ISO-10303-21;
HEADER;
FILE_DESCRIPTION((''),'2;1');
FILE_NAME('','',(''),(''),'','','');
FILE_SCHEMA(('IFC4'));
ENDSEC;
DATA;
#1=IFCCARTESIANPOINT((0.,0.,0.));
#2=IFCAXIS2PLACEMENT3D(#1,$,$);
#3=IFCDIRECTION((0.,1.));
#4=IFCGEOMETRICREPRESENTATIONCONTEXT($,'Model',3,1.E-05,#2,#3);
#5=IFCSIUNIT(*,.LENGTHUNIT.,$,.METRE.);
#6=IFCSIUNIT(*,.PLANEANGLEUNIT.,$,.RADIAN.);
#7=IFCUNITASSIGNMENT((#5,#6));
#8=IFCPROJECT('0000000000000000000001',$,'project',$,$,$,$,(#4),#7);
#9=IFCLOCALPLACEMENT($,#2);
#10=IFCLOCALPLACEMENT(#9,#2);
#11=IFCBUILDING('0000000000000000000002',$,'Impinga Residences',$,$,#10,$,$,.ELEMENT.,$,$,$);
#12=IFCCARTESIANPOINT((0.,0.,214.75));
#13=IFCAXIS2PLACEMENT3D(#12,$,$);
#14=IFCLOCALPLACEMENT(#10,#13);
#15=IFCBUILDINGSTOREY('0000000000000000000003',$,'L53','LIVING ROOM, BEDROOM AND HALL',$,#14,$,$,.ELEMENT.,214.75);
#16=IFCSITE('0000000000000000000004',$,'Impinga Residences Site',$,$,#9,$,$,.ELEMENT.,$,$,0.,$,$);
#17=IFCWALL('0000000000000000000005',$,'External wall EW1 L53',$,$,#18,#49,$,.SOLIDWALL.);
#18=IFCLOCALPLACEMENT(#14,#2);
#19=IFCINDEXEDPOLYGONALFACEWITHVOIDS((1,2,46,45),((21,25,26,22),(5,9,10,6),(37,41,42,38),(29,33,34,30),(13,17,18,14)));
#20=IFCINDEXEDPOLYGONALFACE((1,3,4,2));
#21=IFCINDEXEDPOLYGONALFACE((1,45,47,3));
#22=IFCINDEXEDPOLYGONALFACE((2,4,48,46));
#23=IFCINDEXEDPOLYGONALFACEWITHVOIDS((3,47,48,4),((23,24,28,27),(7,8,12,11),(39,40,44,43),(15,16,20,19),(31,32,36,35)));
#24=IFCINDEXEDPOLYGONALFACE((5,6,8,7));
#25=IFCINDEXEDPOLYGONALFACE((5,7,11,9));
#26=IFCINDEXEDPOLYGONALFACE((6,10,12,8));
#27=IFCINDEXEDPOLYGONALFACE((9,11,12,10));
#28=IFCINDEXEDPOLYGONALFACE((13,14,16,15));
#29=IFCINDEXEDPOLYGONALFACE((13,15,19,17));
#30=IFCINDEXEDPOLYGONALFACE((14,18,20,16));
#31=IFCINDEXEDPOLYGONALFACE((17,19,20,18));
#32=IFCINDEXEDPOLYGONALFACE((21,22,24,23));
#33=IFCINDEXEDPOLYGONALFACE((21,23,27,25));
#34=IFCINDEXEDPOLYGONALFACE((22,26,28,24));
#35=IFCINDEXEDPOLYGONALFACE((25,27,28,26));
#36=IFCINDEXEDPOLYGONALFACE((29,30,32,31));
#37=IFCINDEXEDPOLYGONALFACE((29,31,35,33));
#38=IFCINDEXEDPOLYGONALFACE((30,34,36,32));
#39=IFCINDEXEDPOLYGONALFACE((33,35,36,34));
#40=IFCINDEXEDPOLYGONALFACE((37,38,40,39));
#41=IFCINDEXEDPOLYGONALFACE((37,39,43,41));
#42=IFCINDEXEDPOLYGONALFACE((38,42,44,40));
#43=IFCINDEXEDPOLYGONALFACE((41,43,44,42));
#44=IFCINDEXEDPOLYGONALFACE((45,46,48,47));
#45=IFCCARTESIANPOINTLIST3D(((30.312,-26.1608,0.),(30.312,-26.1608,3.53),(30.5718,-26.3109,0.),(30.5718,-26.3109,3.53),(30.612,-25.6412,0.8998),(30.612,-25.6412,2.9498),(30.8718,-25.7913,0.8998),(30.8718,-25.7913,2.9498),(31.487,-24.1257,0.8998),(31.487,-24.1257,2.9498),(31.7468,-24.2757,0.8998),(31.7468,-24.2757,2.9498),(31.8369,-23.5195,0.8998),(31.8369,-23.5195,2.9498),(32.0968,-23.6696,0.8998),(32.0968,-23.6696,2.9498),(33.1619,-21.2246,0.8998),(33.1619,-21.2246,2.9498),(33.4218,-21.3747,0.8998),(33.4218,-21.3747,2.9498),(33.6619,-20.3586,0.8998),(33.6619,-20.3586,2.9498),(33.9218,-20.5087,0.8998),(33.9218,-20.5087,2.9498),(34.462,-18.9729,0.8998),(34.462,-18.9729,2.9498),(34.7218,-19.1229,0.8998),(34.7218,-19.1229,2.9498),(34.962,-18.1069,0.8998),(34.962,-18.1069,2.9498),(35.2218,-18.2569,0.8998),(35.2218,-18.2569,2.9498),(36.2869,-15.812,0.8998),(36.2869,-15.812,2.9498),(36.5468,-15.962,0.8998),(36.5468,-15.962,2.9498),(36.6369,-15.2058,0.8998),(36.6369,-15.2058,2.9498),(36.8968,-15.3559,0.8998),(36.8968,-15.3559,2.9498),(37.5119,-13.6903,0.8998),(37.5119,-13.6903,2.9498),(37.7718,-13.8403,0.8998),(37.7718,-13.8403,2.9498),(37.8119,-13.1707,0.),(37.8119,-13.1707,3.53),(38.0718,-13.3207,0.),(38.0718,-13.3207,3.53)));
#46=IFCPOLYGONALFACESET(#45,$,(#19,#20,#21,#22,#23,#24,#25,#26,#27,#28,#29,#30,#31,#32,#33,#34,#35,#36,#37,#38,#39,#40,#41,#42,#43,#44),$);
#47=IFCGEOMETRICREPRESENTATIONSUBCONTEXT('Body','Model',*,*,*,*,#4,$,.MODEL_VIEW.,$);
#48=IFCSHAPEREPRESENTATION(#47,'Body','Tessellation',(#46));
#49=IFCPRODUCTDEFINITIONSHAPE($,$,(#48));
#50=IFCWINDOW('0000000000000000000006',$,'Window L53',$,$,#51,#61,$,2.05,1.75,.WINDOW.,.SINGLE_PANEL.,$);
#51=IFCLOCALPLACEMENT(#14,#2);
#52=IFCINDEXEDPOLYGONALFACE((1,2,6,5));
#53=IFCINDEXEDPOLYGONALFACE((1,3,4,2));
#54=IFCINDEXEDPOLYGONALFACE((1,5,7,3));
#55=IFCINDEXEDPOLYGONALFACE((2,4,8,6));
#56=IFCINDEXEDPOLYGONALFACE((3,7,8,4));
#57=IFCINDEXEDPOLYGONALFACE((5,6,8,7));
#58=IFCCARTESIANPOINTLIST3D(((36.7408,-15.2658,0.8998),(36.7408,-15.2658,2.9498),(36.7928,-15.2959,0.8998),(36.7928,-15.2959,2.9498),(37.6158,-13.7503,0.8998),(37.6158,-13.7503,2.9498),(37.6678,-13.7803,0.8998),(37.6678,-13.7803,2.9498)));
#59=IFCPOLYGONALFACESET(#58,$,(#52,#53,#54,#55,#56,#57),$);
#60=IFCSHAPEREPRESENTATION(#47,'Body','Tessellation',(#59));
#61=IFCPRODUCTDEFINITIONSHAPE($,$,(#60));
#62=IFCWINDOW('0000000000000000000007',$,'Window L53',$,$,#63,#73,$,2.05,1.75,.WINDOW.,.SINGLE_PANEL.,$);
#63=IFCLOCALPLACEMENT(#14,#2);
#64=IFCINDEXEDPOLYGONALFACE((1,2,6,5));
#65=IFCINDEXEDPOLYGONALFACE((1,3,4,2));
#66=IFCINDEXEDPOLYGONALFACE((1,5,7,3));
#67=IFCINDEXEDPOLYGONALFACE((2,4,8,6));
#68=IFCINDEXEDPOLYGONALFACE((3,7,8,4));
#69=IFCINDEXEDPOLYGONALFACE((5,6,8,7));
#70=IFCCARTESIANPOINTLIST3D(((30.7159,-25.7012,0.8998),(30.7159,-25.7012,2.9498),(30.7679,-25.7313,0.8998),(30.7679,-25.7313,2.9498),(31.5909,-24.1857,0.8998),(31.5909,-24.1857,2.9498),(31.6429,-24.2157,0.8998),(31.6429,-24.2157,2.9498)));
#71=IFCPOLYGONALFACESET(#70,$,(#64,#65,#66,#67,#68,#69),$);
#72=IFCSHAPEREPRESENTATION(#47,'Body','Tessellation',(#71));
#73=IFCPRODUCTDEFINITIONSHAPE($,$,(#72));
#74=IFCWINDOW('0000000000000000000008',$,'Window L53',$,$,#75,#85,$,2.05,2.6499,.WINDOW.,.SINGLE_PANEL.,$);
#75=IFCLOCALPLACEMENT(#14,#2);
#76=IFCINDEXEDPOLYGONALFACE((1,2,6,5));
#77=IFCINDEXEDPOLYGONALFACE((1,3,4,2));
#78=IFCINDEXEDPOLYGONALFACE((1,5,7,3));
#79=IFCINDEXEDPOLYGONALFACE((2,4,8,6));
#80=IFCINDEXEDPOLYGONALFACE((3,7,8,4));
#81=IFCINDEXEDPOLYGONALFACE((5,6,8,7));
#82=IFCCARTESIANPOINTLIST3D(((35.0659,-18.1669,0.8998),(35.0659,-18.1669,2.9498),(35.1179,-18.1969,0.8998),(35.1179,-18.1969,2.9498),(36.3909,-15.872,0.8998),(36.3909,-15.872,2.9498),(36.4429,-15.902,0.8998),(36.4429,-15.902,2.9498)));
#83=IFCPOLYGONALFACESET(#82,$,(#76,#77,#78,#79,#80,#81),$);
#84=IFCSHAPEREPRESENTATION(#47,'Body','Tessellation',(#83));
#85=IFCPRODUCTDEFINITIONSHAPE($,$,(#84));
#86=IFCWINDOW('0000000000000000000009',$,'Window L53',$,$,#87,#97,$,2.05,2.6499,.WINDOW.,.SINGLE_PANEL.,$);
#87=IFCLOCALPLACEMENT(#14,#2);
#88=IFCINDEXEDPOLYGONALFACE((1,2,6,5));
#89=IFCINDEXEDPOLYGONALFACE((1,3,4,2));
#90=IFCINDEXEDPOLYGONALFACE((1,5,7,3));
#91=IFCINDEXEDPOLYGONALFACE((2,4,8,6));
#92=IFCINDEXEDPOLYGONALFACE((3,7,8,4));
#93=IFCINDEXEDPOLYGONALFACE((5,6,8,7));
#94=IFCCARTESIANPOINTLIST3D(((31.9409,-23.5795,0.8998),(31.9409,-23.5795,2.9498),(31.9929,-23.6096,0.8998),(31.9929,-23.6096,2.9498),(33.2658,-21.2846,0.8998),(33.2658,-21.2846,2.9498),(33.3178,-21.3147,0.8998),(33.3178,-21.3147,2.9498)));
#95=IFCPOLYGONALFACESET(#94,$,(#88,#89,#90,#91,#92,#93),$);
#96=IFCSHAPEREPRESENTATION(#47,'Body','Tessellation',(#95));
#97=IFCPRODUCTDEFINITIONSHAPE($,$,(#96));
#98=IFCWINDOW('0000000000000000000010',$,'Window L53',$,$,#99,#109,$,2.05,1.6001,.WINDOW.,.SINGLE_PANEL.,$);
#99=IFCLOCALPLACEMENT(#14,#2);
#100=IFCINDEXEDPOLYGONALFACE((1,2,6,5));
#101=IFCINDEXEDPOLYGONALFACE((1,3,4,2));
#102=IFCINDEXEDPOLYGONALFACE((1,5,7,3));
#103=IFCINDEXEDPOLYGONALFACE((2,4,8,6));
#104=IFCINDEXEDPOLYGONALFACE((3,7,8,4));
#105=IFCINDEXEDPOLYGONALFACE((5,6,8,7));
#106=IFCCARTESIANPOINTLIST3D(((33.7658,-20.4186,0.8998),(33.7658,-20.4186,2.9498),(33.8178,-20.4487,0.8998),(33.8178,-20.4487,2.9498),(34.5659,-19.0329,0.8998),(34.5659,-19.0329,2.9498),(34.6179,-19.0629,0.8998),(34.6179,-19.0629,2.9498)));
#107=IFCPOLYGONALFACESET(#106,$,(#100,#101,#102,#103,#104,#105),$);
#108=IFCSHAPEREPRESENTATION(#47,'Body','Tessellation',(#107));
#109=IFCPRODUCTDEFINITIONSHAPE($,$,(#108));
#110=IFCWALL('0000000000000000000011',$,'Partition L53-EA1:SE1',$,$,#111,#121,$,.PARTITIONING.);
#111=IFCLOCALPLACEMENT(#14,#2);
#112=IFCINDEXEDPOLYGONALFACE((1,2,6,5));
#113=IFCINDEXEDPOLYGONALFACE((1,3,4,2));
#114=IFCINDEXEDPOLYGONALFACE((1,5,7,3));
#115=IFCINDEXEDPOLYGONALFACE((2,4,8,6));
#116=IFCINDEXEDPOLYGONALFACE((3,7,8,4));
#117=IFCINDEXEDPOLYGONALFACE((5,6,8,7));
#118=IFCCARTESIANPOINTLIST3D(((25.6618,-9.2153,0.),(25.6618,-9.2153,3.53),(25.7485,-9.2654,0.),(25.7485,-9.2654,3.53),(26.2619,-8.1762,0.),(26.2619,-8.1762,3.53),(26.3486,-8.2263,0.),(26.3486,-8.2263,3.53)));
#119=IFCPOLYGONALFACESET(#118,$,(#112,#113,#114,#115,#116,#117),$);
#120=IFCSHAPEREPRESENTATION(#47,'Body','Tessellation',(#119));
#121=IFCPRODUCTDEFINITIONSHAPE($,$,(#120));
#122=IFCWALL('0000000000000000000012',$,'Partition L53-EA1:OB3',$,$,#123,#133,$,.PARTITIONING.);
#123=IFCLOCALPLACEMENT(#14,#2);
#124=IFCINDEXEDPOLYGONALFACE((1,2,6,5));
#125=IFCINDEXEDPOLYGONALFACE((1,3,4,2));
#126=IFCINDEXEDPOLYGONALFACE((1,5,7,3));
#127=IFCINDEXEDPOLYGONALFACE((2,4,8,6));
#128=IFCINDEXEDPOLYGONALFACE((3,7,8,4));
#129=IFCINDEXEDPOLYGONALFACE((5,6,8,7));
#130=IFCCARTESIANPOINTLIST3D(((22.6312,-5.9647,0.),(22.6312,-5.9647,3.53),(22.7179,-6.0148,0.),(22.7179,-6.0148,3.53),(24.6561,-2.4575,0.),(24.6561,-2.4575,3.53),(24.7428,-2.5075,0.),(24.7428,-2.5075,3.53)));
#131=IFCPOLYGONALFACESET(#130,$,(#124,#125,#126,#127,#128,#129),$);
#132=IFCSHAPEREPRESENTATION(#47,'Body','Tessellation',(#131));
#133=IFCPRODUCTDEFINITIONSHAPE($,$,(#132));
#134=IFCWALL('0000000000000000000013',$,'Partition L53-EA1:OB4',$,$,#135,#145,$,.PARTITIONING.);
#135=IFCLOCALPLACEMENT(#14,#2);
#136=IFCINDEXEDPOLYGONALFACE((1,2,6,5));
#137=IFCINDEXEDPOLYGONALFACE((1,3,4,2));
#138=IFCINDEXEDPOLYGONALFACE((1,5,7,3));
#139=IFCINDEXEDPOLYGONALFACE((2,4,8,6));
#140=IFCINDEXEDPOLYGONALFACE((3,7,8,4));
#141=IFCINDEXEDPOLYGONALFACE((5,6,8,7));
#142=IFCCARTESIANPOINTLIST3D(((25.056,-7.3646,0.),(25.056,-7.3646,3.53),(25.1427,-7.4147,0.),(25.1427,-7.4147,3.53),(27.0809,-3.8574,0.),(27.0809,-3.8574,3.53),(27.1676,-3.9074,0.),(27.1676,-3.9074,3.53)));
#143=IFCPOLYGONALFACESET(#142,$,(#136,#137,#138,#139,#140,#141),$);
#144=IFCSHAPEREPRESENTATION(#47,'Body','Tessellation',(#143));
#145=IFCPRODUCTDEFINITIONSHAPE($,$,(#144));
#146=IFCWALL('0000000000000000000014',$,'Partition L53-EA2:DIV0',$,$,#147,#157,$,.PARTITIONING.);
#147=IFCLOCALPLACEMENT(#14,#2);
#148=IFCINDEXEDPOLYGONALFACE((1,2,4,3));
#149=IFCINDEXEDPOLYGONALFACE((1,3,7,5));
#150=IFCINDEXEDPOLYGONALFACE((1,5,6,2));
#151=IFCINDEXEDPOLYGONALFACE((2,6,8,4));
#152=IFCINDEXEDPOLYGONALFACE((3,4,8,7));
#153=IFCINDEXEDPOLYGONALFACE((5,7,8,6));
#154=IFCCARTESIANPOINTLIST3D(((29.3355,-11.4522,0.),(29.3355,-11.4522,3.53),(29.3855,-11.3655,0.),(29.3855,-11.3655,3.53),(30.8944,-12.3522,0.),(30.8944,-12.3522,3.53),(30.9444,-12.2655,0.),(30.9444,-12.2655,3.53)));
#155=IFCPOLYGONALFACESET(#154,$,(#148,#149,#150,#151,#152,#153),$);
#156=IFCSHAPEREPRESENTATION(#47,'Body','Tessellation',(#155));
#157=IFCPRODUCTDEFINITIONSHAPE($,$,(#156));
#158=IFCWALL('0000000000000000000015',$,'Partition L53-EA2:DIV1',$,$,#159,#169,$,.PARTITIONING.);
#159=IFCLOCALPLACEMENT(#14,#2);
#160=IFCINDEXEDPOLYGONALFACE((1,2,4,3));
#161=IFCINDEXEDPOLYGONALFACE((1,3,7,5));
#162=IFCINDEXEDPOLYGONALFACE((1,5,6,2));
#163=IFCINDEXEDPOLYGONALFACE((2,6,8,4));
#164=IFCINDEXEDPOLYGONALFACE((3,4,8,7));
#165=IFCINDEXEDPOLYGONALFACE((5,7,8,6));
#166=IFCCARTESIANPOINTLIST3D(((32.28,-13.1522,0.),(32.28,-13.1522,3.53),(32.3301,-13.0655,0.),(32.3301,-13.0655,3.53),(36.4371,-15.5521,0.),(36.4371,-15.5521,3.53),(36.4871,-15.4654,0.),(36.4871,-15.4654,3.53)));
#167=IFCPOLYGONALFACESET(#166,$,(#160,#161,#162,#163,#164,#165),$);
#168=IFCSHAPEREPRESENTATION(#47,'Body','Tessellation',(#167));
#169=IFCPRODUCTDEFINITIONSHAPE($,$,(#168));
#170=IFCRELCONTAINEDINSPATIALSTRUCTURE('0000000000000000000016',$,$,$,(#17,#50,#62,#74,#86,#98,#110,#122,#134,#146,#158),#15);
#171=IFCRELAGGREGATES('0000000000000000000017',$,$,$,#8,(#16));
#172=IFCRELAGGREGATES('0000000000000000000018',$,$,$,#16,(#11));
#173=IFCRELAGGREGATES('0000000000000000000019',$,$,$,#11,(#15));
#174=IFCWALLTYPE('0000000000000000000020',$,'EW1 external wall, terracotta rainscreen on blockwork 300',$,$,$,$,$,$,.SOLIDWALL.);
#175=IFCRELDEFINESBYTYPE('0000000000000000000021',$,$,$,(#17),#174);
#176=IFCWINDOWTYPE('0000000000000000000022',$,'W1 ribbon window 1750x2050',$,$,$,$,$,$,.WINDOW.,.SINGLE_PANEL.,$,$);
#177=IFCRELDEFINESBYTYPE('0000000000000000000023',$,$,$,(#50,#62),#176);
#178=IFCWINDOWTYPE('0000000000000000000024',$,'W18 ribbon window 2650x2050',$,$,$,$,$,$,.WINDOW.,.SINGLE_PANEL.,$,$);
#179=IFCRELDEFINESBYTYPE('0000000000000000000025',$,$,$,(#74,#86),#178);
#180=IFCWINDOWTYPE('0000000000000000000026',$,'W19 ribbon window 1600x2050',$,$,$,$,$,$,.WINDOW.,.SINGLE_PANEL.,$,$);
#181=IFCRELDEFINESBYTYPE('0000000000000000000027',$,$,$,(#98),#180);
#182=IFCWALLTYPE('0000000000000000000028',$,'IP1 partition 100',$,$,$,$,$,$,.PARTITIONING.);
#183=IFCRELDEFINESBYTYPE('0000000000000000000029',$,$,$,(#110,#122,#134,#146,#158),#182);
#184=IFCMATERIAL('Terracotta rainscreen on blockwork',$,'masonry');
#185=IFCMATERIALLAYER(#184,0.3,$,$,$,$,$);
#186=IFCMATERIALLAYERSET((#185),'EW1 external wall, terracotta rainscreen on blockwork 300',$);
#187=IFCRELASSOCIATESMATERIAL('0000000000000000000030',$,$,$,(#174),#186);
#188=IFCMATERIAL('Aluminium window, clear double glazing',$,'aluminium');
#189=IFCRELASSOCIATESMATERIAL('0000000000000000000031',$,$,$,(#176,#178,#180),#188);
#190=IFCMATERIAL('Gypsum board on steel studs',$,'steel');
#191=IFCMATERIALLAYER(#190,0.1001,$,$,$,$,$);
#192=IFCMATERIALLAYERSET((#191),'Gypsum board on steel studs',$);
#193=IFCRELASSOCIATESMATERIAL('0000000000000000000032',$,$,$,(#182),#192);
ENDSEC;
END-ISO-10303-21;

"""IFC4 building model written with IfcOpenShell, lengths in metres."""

from ifc_helpers import new_model, si_unit, direction, frame, frame_2d, origin, place, context, subcontext, project, spatial, rectangle, extrude, material, layer, layer_set, type_object, element, fill, save


model = new_model("IFC4")

# Units and contexts
model_context = context("Model", 3, precision=1e-05, world=origin(), true_north=direction((0.0, 1.0)))
body_context = subcontext(model_context, "Body", "Model", "MODEL_VIEW")
ifc_project = project(units=[si_unit("LENGTHUNIT", "METRE"), si_unit("PLANEANGLEUNIT", "RADIAN")], contexts=[model_context])

# Site, building, storey
site_placement = place(None, origin())
site = spatial("IfcSite", under=ifc_project, at=site_placement, Name="Impinga Residences Site", CompositionType="ELEMENT", RefElevation=0.0)
building_placement = place(site_placement, origin())
building = spatial("IfcBuilding", under=site, at=building_placement, Name="Impinga Residences", CompositionType="ELEMENT")
storey_placement = place(building_placement, frame((0.0, 0.0, 214.75)))
storey = spatial("IfcBuildingStorey", under=building, at=storey_placement, Name="L53", Description="LIVING ROOM, BEDROOM AND HALL", CompositionType="ELEMENT", Elevation=214.75)

# Shared definitions
ifc_material_1 = material(Name="Terracotta rainscreen on blockwork", Category="masonry")
ifc_layer_1 = layer(ifc_material_1, 0.3)
ifc_layer_set_1 = layer_set([ifc_layer_1], Name="EW1 external wall, terracotta rainscreen on blockwork 300")
wall_type_1 = type_object("IfcWallType", Name="EW1 external wall, terracotta rainscreen on blockwork 300", PredefinedType="SOLIDWALL", material=ifc_layer_set_1)

# Wall, openings, windows
wall_1_placement = place(storey_placement, frame((37.9419, -13.2456, 0.0), z_axis=(0.0, 0.0, 1.0), x_axis=(-0.500004, -0.866023, 0.0)))
wall_1 = element("IfcWall", 1, at=wall_1_placement, inside=storey, type_object=wall_type_1, Name="External wall EW1 L53", PredefinedType="SOLIDWALL", context=body_context, shape_type="SweptSolid", body=[
    extrude(rectangle(XDim=14.9998, YDim=0.3, at=frame_2d((7.5, 0.0))), origin(), (0.0, 0.0, 1.0), 3.53),
])
opening_1_placement = place(wall_1_placement, frame((0.6001, 0.0, 0.8999)))
opening_1 = element("IfcOpeningElement", 2, at=opening_1_placement, cuts=wall_1, PredefinedType="OPENING", context=body_context, shape_type="SweptSolid", body=[
    extrude(rectangle(XDim=1.75, YDim=2.05, at=frame_2d((0.875, 1.0249))), frame((0.0, 0.1599, 0.0), z_axis=(0.0, -1.0, 0.0), x_axis=(1.0, 0.0, 0.0)), (0.0, 0.0, 1.0), 0.3201),
])
opening_2_placement = place(wall_1_placement, frame((3.05, 0.0, 0.8999)))
opening_2 = element("IfcOpeningElement", 3, at=opening_2_placement, cuts=wall_1, PredefinedType="OPENING", context=body_context, shape_type="SweptSolid", body=[
    extrude(rectangle(XDim=2.6499, YDim=2.05, at=frame_2d((1.325, 1.0249))), frame((0.0, 0.1599, 0.0), z_axis=(0.0, -1.0, 0.0), x_axis=(1.0, 0.0, 0.0)), (0.0, 0.0, 1.0), 0.3201),
])
opening_3_placement = place(wall_1_placement, frame((6.7, 0.0, 0.8999)))
opening_3 = element("IfcOpeningElement", 4, at=opening_3_placement, cuts=wall_1, PredefinedType="OPENING", context=body_context, shape_type="SweptSolid", body=[
    extrude(rectangle(XDim=1.6001, YDim=2.05, at=frame_2d((0.8, 1.0249))), frame((0.0, 0.1599, 0.0), z_axis=(0.0, -1.0, 0.0), x_axis=(1.0, 0.0, 0.0)), (0.0, 0.0, 1.0), 0.3201),
])
opening_4_placement = place(wall_1_placement, frame((9.3, 0.0, 0.8999)))
opening_4 = element("IfcOpeningElement", 5, at=opening_4_placement, cuts=wall_1, PredefinedType="OPENING", context=body_context, shape_type="SweptSolid", body=[
    extrude(rectangle(XDim=2.6499, YDim=2.05, at=frame_2d((1.325, 1.0249))), frame((0.0, 0.1599, 0.0), z_axis=(0.0, -1.0, 0.0), x_axis=(1.0, 0.0, 0.0)), (0.0, 0.0, 1.0), 0.3201),
])
opening_5_placement = place(wall_1_placement, frame((12.6499, 0.0, 0.8999)))
opening_5 = element("IfcOpeningElement", 6, at=opening_5_placement, cuts=wall_1, PredefinedType="OPENING", context=body_context, shape_type="SweptSolid", body=[
    extrude(rectangle(XDim=1.75, YDim=2.05, at=frame_2d((0.875, 1.0249))), frame((0.0, 0.1599, 0.0), z_axis=(0.0, -1.0, 0.0), x_axis=(1.0, 0.0, 0.0)), (0.0, 0.0, 1.0), 0.3201),
])
ifc_material_2 = material(Name="Aluminium window, clear double glazing", Category="aluminium")
window_type_1 = type_object("IfcWindowType", Name="W1 ribbon window 1750x2050", PartitioningType="SINGLE_PANEL", PredefinedType="WINDOW", material=ifc_material_2)
window_1_placement = place(opening_1_placement, origin())
window_1 = element("IfcWindow", 7, at=window_1_placement, inside=storey, type_object=window_type_1, Name="Window L53", OverallHeight=2.05, OverallWidth=1.75, PartitioningType="SINGLE_PANEL", PredefinedType="WINDOW", context=body_context, shape_type="SweptSolid", body=[
    extrude(rectangle(XDim=1.75, YDim=2.05, at=frame_2d((0.875, 1.0249))), frame((0.0, 0.03, 0.0), z_axis=(0.0, -1.0, 0.0), x_axis=(1.0, 0.0, 0.0)), (0.0, 0.0, 1.0), 0.0601),
])
fill(opening_1, window_1)
window_2_placement = place(opening_5_placement, origin())
window_2 = element("IfcWindow", 8, at=window_2_placement, inside=storey, type_object=window_type_1, Name="Window L53", OverallHeight=2.05, OverallWidth=1.75, PartitioningType="SINGLE_PANEL", PredefinedType="WINDOW", context=body_context, shape_type="SweptSolid", body=[
    extrude(rectangle(XDim=1.75, YDim=2.05, at=frame_2d((0.875, 1.0249))), frame((0.0, 0.03, 0.0), z_axis=(0.0, -1.0, 0.0), x_axis=(1.0, 0.0, 0.0)), (0.0, 0.0, 1.0), 0.0601),
])
fill(opening_5, window_2)
window_type_2 = type_object("IfcWindowType", Name="W18 ribbon window 2650x2050", PartitioningType="SINGLE_PANEL", PredefinedType="WINDOW", material=ifc_material_2)
window_3_placement = place(opening_2_placement, origin())
window_3 = element("IfcWindow", 9, at=window_3_placement, inside=storey, type_object=window_type_2, Name="Window L53", OverallHeight=2.05, OverallWidth=2.6499, PartitioningType="SINGLE_PANEL", PredefinedType="WINDOW", context=body_context, shape_type="SweptSolid", body=[
    extrude(rectangle(XDim=2.6499, YDim=2.05, at=frame_2d((1.325, 1.0249))), frame((0.0, 0.03, 0.0), z_axis=(0.0, -1.0, 0.0), x_axis=(1.0, 0.0, 0.0)), (0.0, 0.0, 1.0), 0.0601),
])
fill(opening_2, window_3)
window_4_placement = place(opening_4_placement, origin())
window_4 = element("IfcWindow", 10, at=window_4_placement, inside=storey, type_object=window_type_2, Name="Window L53", OverallHeight=2.05, OverallWidth=2.6499, PartitioningType="SINGLE_PANEL", PredefinedType="WINDOW", context=body_context, shape_type="SweptSolid", body=[
    extrude(rectangle(XDim=2.6499, YDim=2.05, at=frame_2d((1.325, 1.0249))), frame((0.0, 0.03, 0.0), z_axis=(0.0, -1.0, 0.0), x_axis=(1.0, 0.0, 0.0)), (0.0, 0.0, 1.0), 0.0601),
])
fill(opening_4, window_4)
window_type_3 = type_object("IfcWindowType", Name="W19 ribbon window 1600x2050", PartitioningType="SINGLE_PANEL", PredefinedType="WINDOW", material=ifc_material_2)
window_5_placement = place(opening_3_placement, origin())
window_5 = element("IfcWindow", 11, at=window_5_placement, inside=storey, type_object=window_type_3, Name="Window L53", OverallHeight=2.05, OverallWidth=1.6001, PartitioningType="SINGLE_PANEL", PredefinedType="WINDOW", context=body_context, shape_type="SweptSolid", body=[
    extrude(rectangle(XDim=1.6001, YDim=2.05, at=frame_2d((0.8, 1.0249))), frame((0.0, 0.03, 0.0), z_axis=(0.0, -1.0, 0.0), x_axis=(1.0, 0.0, 0.0)), (0.0, 0.0, 1.0), 0.0601),
])
fill(opening_3, window_5)

# Walls
ifc_material_3 = material(Name="Gypsum board on steel studs", Category="steel")
ifc_layer_2 = layer(ifc_material_3, 0.1001)
ifc_layer_set_2 = layer_set([ifc_layer_2], Name="Gypsum board on steel studs")
wall_type_2 = type_object("IfcWallType", Name="IP1 partition 100", PredefinedType="PARTITIONING", material=ifc_layer_set_2)
wall_2_placement = place(storey_placement, frame((25.7051, -9.2405, 0.0), z_axis=(0.0, 0.0, 1.0), x_axis=(0.500122, 0.865955, 0.0)))
element("IfcWall", 12, at=wall_2_placement, inside=storey, type_object=wall_type_2, Name="Partition L53-EA1:SE1", PredefinedType="PARTITIONING", context=body_context, shape_type="SweptSolid", body=[
    extrude(rectangle(XDim=1.2, YDim=0.1001, at=frame_2d((0.6001, 0.0))), origin(), (0.0, 0.0, 1.0), 3.53),
])
for number, where, z_axis, x_axis, name in (
    (13, (22.6746, -5.9897, 0.0), (0.0, 0.0, 1.0), (0.49999, 0.866031, 0.0), "Partition L53-EA1:OB3"),
    (14, (25.0994, -7.3896, 0.0), (0.0, 0.0, 1.0), (0.49999, 0.866031, 0.0), "Partition L53-EA1:OB4"),
):
    element("IfcWall", number, at=place(storey_placement, frame(where, z_axis=z_axis, x_axis=x_axis)), inside=storey, type_object=wall_type_2, Name=name, PredefinedType="PARTITIONING", context=body_context, shape_type="SweptSolid", body=[
        extrude(rectangle(XDim=4.0498, YDim=0.1001, at=frame_2d((2.0249, 0.0))), origin(), (0.0, 0.0, 1.0), 3.53),
    ])
wall_3_placement = place(storey_placement, frame((29.3606, -11.4089, 0.0), z_axis=(0.0, 0.0, 1.0), x_axis=(0.866048, -0.499961, 0.0)))
element("IfcWall", 15, at=wall_3_placement, inside=storey, type_object=wall_type_2, Name="Partition L53-EA2:DIV0", PredefinedType="PARTITIONING", context=body_context, shape_type="SweptSolid", body=[
    extrude(rectangle(XDim=1.8, YDim=0.1001, at=frame_2d((0.8999, 0.0))), origin(), (0.0, 0.0, 1.0), 3.53),
])
wall_4_placement = place(storey_placement, frame((32.3052, -13.1089, 0.0), z_axis=(0.0, 0.0, 1.0), x_axis=(0.866037, -0.499979, 0.0)))
element("IfcWall", 16, at=wall_4_placement, inside=storey, type_object=wall_type_2, Name="Partition L53-EA2:DIV1", PredefinedType="PARTITIONING", context=body_context, shape_type="SweptSolid", body=[
    extrude(rectangle(XDim=4.8, YDim=0.1001, at=frame_2d((2.3999, 0.0))), origin(), (0.0, 0.0, 1.0), 3.53),
])

save(model, "model.ifc")
